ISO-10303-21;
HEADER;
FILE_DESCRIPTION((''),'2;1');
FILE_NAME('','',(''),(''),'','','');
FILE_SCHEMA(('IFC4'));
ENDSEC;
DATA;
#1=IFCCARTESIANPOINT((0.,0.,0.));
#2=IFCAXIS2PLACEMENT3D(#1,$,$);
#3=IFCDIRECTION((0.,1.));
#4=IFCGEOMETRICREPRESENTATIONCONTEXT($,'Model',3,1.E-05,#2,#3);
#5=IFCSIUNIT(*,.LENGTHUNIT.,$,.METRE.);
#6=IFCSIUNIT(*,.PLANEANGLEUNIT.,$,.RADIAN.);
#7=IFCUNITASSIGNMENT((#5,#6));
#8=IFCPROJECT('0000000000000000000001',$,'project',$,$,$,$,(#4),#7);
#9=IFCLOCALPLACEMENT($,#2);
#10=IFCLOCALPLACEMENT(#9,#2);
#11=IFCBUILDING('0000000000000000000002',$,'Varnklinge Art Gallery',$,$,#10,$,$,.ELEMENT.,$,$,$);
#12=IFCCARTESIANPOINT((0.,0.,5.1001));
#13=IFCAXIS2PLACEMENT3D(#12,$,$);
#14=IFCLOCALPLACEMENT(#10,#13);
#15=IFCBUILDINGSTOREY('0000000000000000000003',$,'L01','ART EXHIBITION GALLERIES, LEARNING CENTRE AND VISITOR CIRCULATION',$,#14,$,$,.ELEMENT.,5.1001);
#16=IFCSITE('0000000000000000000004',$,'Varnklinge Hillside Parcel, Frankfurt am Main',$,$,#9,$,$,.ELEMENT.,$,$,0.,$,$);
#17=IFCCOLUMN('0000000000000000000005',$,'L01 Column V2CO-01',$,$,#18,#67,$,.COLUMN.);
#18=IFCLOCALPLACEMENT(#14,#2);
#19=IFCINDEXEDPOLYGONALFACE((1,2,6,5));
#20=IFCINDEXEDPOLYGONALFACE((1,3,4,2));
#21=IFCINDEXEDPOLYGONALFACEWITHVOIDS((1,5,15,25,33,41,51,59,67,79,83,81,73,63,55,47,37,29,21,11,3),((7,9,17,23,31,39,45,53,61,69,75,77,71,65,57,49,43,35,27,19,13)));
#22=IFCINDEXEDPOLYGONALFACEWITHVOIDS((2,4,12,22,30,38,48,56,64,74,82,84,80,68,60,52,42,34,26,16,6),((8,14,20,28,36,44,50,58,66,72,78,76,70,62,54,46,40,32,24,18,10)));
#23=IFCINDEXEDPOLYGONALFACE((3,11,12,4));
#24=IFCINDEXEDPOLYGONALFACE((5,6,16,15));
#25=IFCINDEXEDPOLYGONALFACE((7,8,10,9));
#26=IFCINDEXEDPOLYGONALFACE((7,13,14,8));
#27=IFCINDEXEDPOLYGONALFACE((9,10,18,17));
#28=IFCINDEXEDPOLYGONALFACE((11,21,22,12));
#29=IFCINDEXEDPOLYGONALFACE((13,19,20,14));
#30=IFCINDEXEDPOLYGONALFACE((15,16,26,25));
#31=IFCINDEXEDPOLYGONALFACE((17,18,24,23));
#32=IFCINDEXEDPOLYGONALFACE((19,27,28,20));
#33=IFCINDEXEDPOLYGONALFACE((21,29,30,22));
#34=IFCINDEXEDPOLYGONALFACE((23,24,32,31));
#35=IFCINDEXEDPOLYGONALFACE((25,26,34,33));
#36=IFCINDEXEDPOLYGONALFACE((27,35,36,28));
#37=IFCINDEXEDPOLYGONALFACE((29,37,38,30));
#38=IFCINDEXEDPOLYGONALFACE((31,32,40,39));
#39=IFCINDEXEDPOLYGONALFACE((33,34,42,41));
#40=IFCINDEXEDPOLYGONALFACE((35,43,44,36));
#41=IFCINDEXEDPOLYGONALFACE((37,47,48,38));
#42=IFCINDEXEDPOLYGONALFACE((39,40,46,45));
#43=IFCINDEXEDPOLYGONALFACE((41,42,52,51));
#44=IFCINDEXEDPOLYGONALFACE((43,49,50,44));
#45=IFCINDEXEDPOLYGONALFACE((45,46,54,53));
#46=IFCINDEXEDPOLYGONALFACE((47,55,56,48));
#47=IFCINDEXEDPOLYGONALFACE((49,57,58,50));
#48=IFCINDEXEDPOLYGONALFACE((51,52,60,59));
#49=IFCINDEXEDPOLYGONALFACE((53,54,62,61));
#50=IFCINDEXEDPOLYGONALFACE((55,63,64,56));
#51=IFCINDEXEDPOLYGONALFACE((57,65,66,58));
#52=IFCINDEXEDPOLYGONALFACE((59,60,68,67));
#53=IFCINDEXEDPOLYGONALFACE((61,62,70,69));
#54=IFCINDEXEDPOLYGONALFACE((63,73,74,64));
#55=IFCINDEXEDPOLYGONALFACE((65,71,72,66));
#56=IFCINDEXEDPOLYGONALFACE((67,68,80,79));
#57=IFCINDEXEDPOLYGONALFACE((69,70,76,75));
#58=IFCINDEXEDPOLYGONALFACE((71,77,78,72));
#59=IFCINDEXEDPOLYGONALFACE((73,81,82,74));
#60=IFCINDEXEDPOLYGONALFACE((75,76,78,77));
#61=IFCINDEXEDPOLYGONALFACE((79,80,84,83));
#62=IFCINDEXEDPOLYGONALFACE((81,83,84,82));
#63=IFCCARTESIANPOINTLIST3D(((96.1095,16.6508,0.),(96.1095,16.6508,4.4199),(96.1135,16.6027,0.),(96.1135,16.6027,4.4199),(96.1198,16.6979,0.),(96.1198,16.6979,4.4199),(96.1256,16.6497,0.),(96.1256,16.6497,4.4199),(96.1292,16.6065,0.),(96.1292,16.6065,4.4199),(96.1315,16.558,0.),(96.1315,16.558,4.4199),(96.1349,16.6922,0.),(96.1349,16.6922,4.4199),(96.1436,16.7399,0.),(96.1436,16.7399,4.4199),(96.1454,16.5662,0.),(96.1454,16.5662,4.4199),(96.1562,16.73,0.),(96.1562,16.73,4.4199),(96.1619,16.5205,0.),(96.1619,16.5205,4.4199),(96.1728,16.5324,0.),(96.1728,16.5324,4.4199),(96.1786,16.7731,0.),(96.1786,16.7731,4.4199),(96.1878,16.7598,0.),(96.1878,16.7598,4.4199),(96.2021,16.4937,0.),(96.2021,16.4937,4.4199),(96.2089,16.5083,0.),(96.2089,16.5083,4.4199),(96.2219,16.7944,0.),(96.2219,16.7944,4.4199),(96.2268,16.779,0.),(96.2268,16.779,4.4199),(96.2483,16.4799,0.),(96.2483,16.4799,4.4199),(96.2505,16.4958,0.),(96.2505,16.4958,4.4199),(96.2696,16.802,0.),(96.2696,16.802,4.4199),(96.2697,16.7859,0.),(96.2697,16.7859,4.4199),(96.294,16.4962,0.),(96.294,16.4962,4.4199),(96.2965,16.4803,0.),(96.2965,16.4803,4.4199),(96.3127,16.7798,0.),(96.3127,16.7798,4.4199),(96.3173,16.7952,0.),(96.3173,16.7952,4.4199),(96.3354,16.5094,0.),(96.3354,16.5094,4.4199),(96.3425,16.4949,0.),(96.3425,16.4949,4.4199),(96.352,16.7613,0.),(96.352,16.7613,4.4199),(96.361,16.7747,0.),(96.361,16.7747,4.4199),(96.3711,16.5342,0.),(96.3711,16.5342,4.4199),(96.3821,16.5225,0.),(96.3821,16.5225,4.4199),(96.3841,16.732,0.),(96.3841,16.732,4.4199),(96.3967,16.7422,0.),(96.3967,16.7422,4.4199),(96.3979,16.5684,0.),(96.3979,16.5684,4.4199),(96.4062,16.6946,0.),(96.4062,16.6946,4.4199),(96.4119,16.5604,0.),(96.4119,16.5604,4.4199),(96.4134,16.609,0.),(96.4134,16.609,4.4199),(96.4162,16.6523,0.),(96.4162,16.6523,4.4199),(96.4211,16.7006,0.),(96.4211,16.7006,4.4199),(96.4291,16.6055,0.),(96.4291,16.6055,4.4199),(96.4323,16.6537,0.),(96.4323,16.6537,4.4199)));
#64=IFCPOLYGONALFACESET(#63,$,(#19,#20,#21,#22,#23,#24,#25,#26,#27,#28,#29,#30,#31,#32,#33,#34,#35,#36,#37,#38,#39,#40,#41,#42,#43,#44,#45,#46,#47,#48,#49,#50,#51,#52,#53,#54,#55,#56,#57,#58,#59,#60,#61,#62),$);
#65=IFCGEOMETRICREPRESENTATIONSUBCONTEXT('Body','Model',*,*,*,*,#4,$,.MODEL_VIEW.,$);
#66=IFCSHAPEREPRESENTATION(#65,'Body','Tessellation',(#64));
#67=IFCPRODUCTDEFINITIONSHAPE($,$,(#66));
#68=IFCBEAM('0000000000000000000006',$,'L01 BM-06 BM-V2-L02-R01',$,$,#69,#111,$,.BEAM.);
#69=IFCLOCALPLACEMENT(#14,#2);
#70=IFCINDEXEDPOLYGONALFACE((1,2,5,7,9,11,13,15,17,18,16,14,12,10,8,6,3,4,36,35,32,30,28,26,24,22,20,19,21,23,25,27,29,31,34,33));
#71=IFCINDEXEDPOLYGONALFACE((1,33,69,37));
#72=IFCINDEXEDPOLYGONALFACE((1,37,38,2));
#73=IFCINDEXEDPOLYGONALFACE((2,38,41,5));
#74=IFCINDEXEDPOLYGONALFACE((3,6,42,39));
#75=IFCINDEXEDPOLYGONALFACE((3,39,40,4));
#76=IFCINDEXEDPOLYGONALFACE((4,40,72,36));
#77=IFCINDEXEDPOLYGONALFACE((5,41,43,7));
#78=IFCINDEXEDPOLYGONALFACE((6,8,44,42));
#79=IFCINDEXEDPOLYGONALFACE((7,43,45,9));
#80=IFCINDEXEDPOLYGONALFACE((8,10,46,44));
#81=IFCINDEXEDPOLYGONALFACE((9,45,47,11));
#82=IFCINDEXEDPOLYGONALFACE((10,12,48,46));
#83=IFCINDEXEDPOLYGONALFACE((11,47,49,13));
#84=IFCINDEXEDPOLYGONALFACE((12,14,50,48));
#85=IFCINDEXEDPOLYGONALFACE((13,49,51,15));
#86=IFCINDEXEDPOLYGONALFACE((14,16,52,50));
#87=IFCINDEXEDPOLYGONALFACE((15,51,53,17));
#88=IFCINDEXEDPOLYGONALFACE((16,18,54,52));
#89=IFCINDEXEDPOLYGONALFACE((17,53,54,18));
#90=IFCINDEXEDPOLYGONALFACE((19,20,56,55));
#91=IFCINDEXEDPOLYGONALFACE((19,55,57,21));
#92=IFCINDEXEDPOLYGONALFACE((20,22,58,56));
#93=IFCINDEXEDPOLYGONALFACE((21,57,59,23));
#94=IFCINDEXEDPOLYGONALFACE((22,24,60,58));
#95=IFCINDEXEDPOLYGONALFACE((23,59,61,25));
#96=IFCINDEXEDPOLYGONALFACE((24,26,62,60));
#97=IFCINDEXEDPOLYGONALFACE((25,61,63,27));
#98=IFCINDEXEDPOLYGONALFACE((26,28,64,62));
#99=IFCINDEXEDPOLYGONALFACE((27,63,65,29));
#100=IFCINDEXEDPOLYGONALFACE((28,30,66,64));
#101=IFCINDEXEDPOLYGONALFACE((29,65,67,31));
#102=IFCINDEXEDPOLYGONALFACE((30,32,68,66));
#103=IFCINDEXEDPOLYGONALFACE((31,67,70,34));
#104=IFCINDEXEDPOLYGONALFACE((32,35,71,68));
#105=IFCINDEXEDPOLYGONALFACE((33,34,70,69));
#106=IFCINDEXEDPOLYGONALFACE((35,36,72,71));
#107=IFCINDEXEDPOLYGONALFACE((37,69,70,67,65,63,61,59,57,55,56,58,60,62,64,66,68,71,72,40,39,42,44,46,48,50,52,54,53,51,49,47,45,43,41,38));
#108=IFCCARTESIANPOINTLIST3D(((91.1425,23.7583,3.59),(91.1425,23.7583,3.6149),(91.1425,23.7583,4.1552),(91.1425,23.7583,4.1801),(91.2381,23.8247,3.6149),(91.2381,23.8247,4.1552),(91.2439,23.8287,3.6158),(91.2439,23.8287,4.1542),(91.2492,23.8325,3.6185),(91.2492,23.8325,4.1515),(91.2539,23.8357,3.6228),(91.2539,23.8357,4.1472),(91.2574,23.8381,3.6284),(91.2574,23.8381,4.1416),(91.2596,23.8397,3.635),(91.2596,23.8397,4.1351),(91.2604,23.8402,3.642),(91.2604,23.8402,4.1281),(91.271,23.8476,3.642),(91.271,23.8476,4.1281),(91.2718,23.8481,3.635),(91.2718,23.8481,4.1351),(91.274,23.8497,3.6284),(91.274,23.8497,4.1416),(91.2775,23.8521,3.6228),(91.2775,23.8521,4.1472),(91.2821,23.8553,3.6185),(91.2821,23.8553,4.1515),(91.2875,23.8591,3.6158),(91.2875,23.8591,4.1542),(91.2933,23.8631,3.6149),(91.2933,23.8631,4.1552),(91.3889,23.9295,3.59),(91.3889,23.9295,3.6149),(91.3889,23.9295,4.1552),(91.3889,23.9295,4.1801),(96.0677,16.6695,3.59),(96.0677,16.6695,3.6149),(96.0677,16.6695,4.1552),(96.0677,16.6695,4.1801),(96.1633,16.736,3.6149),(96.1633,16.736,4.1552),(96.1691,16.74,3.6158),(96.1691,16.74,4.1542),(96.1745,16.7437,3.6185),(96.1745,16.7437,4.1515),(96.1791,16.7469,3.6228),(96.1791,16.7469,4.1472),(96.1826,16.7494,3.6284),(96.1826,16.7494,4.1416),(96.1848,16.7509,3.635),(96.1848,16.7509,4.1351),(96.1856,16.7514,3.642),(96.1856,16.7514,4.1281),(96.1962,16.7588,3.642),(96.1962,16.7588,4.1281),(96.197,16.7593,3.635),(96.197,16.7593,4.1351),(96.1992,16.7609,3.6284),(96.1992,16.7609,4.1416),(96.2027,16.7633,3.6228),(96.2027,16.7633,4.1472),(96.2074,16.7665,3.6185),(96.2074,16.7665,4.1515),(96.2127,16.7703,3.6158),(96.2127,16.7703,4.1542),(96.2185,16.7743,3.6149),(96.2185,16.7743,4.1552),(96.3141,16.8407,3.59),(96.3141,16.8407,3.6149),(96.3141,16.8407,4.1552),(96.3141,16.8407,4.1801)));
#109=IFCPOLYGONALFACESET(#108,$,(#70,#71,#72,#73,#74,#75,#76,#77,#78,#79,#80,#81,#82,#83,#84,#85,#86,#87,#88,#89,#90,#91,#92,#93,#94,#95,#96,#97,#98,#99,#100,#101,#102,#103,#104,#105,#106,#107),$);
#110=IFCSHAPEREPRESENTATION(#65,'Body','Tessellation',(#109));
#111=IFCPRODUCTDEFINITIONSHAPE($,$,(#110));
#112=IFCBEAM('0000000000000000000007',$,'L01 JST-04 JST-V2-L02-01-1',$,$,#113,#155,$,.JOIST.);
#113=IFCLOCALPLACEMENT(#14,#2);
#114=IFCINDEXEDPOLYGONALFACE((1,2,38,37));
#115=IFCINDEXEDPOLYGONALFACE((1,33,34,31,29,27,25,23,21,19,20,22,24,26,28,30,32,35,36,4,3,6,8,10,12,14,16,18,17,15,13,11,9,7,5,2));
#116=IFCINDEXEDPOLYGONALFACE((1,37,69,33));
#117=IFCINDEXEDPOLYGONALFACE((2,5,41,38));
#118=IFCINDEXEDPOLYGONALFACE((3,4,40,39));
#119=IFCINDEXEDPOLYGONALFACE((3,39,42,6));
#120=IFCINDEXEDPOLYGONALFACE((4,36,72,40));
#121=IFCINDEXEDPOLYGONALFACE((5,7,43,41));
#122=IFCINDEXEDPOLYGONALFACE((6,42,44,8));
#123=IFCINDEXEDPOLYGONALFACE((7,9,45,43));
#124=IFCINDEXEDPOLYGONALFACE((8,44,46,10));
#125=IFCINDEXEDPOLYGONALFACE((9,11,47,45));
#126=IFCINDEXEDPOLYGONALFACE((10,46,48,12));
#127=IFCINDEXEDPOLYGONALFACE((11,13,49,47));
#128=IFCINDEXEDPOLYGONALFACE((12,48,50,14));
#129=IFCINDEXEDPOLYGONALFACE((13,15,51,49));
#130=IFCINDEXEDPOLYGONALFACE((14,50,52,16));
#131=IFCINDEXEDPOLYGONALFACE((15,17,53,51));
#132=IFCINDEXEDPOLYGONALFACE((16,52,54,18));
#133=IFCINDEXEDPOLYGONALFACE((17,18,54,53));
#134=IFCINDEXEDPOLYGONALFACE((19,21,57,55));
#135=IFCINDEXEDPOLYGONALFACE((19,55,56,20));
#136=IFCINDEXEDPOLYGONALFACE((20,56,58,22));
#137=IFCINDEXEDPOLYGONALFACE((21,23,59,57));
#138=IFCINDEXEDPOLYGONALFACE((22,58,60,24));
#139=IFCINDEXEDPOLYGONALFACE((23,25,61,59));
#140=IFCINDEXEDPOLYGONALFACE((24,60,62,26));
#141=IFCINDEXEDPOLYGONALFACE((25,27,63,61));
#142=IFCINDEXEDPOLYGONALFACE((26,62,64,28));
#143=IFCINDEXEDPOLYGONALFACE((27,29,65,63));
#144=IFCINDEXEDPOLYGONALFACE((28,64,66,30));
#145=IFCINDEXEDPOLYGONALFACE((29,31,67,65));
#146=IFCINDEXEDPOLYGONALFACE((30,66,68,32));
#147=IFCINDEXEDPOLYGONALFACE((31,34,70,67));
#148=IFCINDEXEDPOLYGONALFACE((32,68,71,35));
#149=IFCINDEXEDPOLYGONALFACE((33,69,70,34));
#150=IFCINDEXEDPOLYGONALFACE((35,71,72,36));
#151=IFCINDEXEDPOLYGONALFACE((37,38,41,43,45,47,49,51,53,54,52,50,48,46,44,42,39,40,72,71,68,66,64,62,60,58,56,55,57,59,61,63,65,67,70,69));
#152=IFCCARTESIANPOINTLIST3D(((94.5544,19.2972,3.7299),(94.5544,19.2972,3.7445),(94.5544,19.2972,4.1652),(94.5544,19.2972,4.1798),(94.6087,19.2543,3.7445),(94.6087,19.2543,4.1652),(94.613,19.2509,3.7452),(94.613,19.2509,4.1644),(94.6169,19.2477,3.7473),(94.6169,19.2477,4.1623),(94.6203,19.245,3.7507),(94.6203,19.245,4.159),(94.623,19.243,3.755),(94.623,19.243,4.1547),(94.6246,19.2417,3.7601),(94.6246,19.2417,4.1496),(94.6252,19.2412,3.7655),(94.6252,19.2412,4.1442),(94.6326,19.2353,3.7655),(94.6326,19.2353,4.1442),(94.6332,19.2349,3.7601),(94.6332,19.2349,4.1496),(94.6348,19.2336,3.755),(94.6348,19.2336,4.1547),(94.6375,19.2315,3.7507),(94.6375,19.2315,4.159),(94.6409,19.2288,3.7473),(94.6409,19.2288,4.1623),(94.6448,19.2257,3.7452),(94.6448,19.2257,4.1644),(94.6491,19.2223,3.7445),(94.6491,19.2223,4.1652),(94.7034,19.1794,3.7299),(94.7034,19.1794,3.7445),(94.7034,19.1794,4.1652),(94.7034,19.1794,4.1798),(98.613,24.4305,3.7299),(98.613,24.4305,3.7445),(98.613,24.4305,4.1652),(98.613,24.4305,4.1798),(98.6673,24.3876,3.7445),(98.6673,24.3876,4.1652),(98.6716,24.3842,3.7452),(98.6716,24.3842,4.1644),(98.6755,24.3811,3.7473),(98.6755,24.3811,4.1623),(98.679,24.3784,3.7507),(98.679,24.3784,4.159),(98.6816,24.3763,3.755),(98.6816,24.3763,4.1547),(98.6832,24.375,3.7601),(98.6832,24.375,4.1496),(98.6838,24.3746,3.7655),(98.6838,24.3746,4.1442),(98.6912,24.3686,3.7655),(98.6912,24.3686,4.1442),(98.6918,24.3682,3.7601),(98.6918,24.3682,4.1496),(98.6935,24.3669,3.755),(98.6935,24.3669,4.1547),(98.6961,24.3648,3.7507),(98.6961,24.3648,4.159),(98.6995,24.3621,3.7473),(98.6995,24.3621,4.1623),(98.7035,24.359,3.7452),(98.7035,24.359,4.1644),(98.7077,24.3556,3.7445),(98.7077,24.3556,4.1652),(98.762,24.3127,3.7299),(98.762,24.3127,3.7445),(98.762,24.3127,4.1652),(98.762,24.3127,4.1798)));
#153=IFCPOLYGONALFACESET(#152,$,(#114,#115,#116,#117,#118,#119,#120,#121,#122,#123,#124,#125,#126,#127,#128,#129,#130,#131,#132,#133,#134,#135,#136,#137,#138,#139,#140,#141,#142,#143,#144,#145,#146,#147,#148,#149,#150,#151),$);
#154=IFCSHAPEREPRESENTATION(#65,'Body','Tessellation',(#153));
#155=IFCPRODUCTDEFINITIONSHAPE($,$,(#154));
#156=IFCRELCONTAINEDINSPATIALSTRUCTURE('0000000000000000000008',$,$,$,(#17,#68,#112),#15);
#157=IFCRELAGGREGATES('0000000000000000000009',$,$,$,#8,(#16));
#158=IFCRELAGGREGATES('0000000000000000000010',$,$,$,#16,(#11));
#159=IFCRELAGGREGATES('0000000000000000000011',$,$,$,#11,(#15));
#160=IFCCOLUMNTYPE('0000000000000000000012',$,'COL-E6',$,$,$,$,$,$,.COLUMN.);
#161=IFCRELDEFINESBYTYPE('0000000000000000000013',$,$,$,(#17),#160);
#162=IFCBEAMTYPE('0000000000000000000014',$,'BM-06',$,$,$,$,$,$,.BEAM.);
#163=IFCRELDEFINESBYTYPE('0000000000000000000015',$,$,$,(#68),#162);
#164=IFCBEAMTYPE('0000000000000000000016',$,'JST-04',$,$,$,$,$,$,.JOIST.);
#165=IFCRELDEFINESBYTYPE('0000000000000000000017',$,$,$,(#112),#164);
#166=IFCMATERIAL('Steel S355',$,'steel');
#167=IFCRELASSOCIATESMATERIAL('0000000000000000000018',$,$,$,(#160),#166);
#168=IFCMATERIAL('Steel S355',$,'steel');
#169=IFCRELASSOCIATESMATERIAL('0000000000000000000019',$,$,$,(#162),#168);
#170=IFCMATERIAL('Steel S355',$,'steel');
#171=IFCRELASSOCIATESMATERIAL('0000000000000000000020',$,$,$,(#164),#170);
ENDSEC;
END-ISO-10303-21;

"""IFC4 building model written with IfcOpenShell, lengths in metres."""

from ifc_helpers import new_model, si_unit, direction, frame, origin, origin_2d, place, context, subcontext, project, spatial, hollow_circle, i_section, extrude, material, material_profile, profile_set, type_object, element, save


model = new_model("IFC4")

# Units and contexts
model_context = context("Model", 3, precision=1e-05, world=origin(), true_north=direction((0.0, 1.0)))
body_context = subcontext(model_context, "Body", "Model", "MODEL_VIEW")
ifc_project = project(units=[si_unit("LENGTHUNIT", "METRE"), si_unit("PLANEANGLEUNIT", "RADIAN")], contexts=[model_context])

# Site, building, storey
site_placement = place(None, origin())
site = spatial("IfcSite", under=ifc_project, at=site_placement, Name="Varnklinge Hillside Parcel, Frankfurt am Main", CompositionType="ELEMENT", RefElevation=0.0)
building_placement = place(site_placement, origin())
building = spatial("IfcBuilding", under=site, at=building_placement, Name="Varnklinge Art Gallery", CompositionType="ELEMENT")
storey_placement = place(building_placement, frame((0.0, 0.0, 5.1001)))
storey = spatial("IfcBuildingStorey", under=building, at=storey_placement, Name="L01", Description="ART EXHIBITION GALLERIES, LEARNING CENTRE AND VISITOR CIRCULATION", CompositionType="ELEMENT", Elevation=5.1001)

# Column
ifc_material_1 = material(Name="Steel S355", Category="steel")
ifc_material_profile_1 = material_profile(ifc_material_1, hollow_circle(Radius=0.1619, WallThickness=0.0161, at=origin_2d()), Name="CHS 323.9x16")
ifc_profile_set_1 = profile_set([ifc_material_profile_1], Name="Steel S355")
column_type = type_object("IfcColumnType", Name="COL-E6", PredefinedType="COLUMN", material=ifc_profile_set_1)
column_placement = place(storey_placement, frame((96.271, 16.6401, 0.0), z_axis=(0.0, 0.0, 1.0), x_axis=(-0.57057, 0.821249, 0.0)))
element("IfcColumn", 1, at=column_placement, inside=storey, type_object=column_type, Name="L01 Column V2CO-01", PredefinedType="COLUMN", context=body_context, shape_type="SweptSolid", body=[
    extrude(hollow_circle(Radius=0.1619, WallThickness=0.0161, at=origin_2d()), origin(), (0.0, 0.0, 1.0), 4.4199),
])

# Beams
ifc_material_2 = material(Name="Steel S355", Category="steel")
ifc_material_profile_2 = material_profile(ifc_material_2, i_section(OverallWidth=0.3, OverallDepth=0.5901, WebThickness=0.0129, FlangeThickness=0.0249, FilletRadius=0.0271, at=origin_2d()), Name="HEA 600")
ifc_profile_set_2 = profile_set([ifc_material_profile_2], Name="Steel S355")
beam_type_1 = type_object("IfcBeamType", Name="BM-06", PredefinedType="BEAM", material=ifc_profile_set_2)
beam_1_placement = place(storey_placement, frame((96.1909, 16.7551, 3.885), z_axis=(-0.570589, 0.821236, 0.0), x_axis=(-0.821236, -0.570589, 0.0)))
element("IfcBeam", 2, at=beam_1_placement, inside=storey, type_object=beam_type_1, Name="L01 BM-06 BM-V2-L02-R01", PredefinedType="BEAM", context=body_context, shape_type="SweptSolid", body=[
    extrude(i_section(OverallWidth=0.3, OverallDepth=0.5901, WebThickness=0.0129, FlangeThickness=0.0249, FilletRadius=0.0271, at=origin_2d()), origin(), (0.0, 0.0, 1.0), 8.6318),
])
ifc_material_3 = material(Name="Steel S355", Category="steel")
ifc_material_profile_3 = material_profile(ifc_material_3, i_section(OverallWidth=0.1899, OverallDepth=0.45, WebThickness=0.0095, FlangeThickness=0.0146, FilletRadius=0.021, at=origin_2d()), Name="IPE 450")
ifc_profile_set_3 = profile_set([ifc_material_profile_3], Name="Steel S355")
beam_type_2 = type_object("IfcBeamType", Name="JST-04", PredefinedType="JOIST", material=ifc_profile_set_3)
beam_2_placement = place(storey_placement, frame((94.6289, 19.2383, 3.9548), z_axis=(0.620208, 0.784438, 0.0), x_axis=(-0.784438, 0.620208, 0.0)))
element("IfcBeam", 3, at=beam_2_placement, inside=storey, type_object=beam_type_2, Name="L01 JST-04 JST-V2-L02-01-1", PredefinedType="JOIST", context=body_context, shape_type="SweptSolid", body=[
    extrude(i_section(OverallWidth=0.1899, OverallDepth=0.45, WebThickness=0.0095, FlangeThickness=0.0146, FilletRadius=0.021, at=origin_2d()), origin(), (0.0, 0.0, 1.0), 6.5439),
])

save(model, "model.ifc")
